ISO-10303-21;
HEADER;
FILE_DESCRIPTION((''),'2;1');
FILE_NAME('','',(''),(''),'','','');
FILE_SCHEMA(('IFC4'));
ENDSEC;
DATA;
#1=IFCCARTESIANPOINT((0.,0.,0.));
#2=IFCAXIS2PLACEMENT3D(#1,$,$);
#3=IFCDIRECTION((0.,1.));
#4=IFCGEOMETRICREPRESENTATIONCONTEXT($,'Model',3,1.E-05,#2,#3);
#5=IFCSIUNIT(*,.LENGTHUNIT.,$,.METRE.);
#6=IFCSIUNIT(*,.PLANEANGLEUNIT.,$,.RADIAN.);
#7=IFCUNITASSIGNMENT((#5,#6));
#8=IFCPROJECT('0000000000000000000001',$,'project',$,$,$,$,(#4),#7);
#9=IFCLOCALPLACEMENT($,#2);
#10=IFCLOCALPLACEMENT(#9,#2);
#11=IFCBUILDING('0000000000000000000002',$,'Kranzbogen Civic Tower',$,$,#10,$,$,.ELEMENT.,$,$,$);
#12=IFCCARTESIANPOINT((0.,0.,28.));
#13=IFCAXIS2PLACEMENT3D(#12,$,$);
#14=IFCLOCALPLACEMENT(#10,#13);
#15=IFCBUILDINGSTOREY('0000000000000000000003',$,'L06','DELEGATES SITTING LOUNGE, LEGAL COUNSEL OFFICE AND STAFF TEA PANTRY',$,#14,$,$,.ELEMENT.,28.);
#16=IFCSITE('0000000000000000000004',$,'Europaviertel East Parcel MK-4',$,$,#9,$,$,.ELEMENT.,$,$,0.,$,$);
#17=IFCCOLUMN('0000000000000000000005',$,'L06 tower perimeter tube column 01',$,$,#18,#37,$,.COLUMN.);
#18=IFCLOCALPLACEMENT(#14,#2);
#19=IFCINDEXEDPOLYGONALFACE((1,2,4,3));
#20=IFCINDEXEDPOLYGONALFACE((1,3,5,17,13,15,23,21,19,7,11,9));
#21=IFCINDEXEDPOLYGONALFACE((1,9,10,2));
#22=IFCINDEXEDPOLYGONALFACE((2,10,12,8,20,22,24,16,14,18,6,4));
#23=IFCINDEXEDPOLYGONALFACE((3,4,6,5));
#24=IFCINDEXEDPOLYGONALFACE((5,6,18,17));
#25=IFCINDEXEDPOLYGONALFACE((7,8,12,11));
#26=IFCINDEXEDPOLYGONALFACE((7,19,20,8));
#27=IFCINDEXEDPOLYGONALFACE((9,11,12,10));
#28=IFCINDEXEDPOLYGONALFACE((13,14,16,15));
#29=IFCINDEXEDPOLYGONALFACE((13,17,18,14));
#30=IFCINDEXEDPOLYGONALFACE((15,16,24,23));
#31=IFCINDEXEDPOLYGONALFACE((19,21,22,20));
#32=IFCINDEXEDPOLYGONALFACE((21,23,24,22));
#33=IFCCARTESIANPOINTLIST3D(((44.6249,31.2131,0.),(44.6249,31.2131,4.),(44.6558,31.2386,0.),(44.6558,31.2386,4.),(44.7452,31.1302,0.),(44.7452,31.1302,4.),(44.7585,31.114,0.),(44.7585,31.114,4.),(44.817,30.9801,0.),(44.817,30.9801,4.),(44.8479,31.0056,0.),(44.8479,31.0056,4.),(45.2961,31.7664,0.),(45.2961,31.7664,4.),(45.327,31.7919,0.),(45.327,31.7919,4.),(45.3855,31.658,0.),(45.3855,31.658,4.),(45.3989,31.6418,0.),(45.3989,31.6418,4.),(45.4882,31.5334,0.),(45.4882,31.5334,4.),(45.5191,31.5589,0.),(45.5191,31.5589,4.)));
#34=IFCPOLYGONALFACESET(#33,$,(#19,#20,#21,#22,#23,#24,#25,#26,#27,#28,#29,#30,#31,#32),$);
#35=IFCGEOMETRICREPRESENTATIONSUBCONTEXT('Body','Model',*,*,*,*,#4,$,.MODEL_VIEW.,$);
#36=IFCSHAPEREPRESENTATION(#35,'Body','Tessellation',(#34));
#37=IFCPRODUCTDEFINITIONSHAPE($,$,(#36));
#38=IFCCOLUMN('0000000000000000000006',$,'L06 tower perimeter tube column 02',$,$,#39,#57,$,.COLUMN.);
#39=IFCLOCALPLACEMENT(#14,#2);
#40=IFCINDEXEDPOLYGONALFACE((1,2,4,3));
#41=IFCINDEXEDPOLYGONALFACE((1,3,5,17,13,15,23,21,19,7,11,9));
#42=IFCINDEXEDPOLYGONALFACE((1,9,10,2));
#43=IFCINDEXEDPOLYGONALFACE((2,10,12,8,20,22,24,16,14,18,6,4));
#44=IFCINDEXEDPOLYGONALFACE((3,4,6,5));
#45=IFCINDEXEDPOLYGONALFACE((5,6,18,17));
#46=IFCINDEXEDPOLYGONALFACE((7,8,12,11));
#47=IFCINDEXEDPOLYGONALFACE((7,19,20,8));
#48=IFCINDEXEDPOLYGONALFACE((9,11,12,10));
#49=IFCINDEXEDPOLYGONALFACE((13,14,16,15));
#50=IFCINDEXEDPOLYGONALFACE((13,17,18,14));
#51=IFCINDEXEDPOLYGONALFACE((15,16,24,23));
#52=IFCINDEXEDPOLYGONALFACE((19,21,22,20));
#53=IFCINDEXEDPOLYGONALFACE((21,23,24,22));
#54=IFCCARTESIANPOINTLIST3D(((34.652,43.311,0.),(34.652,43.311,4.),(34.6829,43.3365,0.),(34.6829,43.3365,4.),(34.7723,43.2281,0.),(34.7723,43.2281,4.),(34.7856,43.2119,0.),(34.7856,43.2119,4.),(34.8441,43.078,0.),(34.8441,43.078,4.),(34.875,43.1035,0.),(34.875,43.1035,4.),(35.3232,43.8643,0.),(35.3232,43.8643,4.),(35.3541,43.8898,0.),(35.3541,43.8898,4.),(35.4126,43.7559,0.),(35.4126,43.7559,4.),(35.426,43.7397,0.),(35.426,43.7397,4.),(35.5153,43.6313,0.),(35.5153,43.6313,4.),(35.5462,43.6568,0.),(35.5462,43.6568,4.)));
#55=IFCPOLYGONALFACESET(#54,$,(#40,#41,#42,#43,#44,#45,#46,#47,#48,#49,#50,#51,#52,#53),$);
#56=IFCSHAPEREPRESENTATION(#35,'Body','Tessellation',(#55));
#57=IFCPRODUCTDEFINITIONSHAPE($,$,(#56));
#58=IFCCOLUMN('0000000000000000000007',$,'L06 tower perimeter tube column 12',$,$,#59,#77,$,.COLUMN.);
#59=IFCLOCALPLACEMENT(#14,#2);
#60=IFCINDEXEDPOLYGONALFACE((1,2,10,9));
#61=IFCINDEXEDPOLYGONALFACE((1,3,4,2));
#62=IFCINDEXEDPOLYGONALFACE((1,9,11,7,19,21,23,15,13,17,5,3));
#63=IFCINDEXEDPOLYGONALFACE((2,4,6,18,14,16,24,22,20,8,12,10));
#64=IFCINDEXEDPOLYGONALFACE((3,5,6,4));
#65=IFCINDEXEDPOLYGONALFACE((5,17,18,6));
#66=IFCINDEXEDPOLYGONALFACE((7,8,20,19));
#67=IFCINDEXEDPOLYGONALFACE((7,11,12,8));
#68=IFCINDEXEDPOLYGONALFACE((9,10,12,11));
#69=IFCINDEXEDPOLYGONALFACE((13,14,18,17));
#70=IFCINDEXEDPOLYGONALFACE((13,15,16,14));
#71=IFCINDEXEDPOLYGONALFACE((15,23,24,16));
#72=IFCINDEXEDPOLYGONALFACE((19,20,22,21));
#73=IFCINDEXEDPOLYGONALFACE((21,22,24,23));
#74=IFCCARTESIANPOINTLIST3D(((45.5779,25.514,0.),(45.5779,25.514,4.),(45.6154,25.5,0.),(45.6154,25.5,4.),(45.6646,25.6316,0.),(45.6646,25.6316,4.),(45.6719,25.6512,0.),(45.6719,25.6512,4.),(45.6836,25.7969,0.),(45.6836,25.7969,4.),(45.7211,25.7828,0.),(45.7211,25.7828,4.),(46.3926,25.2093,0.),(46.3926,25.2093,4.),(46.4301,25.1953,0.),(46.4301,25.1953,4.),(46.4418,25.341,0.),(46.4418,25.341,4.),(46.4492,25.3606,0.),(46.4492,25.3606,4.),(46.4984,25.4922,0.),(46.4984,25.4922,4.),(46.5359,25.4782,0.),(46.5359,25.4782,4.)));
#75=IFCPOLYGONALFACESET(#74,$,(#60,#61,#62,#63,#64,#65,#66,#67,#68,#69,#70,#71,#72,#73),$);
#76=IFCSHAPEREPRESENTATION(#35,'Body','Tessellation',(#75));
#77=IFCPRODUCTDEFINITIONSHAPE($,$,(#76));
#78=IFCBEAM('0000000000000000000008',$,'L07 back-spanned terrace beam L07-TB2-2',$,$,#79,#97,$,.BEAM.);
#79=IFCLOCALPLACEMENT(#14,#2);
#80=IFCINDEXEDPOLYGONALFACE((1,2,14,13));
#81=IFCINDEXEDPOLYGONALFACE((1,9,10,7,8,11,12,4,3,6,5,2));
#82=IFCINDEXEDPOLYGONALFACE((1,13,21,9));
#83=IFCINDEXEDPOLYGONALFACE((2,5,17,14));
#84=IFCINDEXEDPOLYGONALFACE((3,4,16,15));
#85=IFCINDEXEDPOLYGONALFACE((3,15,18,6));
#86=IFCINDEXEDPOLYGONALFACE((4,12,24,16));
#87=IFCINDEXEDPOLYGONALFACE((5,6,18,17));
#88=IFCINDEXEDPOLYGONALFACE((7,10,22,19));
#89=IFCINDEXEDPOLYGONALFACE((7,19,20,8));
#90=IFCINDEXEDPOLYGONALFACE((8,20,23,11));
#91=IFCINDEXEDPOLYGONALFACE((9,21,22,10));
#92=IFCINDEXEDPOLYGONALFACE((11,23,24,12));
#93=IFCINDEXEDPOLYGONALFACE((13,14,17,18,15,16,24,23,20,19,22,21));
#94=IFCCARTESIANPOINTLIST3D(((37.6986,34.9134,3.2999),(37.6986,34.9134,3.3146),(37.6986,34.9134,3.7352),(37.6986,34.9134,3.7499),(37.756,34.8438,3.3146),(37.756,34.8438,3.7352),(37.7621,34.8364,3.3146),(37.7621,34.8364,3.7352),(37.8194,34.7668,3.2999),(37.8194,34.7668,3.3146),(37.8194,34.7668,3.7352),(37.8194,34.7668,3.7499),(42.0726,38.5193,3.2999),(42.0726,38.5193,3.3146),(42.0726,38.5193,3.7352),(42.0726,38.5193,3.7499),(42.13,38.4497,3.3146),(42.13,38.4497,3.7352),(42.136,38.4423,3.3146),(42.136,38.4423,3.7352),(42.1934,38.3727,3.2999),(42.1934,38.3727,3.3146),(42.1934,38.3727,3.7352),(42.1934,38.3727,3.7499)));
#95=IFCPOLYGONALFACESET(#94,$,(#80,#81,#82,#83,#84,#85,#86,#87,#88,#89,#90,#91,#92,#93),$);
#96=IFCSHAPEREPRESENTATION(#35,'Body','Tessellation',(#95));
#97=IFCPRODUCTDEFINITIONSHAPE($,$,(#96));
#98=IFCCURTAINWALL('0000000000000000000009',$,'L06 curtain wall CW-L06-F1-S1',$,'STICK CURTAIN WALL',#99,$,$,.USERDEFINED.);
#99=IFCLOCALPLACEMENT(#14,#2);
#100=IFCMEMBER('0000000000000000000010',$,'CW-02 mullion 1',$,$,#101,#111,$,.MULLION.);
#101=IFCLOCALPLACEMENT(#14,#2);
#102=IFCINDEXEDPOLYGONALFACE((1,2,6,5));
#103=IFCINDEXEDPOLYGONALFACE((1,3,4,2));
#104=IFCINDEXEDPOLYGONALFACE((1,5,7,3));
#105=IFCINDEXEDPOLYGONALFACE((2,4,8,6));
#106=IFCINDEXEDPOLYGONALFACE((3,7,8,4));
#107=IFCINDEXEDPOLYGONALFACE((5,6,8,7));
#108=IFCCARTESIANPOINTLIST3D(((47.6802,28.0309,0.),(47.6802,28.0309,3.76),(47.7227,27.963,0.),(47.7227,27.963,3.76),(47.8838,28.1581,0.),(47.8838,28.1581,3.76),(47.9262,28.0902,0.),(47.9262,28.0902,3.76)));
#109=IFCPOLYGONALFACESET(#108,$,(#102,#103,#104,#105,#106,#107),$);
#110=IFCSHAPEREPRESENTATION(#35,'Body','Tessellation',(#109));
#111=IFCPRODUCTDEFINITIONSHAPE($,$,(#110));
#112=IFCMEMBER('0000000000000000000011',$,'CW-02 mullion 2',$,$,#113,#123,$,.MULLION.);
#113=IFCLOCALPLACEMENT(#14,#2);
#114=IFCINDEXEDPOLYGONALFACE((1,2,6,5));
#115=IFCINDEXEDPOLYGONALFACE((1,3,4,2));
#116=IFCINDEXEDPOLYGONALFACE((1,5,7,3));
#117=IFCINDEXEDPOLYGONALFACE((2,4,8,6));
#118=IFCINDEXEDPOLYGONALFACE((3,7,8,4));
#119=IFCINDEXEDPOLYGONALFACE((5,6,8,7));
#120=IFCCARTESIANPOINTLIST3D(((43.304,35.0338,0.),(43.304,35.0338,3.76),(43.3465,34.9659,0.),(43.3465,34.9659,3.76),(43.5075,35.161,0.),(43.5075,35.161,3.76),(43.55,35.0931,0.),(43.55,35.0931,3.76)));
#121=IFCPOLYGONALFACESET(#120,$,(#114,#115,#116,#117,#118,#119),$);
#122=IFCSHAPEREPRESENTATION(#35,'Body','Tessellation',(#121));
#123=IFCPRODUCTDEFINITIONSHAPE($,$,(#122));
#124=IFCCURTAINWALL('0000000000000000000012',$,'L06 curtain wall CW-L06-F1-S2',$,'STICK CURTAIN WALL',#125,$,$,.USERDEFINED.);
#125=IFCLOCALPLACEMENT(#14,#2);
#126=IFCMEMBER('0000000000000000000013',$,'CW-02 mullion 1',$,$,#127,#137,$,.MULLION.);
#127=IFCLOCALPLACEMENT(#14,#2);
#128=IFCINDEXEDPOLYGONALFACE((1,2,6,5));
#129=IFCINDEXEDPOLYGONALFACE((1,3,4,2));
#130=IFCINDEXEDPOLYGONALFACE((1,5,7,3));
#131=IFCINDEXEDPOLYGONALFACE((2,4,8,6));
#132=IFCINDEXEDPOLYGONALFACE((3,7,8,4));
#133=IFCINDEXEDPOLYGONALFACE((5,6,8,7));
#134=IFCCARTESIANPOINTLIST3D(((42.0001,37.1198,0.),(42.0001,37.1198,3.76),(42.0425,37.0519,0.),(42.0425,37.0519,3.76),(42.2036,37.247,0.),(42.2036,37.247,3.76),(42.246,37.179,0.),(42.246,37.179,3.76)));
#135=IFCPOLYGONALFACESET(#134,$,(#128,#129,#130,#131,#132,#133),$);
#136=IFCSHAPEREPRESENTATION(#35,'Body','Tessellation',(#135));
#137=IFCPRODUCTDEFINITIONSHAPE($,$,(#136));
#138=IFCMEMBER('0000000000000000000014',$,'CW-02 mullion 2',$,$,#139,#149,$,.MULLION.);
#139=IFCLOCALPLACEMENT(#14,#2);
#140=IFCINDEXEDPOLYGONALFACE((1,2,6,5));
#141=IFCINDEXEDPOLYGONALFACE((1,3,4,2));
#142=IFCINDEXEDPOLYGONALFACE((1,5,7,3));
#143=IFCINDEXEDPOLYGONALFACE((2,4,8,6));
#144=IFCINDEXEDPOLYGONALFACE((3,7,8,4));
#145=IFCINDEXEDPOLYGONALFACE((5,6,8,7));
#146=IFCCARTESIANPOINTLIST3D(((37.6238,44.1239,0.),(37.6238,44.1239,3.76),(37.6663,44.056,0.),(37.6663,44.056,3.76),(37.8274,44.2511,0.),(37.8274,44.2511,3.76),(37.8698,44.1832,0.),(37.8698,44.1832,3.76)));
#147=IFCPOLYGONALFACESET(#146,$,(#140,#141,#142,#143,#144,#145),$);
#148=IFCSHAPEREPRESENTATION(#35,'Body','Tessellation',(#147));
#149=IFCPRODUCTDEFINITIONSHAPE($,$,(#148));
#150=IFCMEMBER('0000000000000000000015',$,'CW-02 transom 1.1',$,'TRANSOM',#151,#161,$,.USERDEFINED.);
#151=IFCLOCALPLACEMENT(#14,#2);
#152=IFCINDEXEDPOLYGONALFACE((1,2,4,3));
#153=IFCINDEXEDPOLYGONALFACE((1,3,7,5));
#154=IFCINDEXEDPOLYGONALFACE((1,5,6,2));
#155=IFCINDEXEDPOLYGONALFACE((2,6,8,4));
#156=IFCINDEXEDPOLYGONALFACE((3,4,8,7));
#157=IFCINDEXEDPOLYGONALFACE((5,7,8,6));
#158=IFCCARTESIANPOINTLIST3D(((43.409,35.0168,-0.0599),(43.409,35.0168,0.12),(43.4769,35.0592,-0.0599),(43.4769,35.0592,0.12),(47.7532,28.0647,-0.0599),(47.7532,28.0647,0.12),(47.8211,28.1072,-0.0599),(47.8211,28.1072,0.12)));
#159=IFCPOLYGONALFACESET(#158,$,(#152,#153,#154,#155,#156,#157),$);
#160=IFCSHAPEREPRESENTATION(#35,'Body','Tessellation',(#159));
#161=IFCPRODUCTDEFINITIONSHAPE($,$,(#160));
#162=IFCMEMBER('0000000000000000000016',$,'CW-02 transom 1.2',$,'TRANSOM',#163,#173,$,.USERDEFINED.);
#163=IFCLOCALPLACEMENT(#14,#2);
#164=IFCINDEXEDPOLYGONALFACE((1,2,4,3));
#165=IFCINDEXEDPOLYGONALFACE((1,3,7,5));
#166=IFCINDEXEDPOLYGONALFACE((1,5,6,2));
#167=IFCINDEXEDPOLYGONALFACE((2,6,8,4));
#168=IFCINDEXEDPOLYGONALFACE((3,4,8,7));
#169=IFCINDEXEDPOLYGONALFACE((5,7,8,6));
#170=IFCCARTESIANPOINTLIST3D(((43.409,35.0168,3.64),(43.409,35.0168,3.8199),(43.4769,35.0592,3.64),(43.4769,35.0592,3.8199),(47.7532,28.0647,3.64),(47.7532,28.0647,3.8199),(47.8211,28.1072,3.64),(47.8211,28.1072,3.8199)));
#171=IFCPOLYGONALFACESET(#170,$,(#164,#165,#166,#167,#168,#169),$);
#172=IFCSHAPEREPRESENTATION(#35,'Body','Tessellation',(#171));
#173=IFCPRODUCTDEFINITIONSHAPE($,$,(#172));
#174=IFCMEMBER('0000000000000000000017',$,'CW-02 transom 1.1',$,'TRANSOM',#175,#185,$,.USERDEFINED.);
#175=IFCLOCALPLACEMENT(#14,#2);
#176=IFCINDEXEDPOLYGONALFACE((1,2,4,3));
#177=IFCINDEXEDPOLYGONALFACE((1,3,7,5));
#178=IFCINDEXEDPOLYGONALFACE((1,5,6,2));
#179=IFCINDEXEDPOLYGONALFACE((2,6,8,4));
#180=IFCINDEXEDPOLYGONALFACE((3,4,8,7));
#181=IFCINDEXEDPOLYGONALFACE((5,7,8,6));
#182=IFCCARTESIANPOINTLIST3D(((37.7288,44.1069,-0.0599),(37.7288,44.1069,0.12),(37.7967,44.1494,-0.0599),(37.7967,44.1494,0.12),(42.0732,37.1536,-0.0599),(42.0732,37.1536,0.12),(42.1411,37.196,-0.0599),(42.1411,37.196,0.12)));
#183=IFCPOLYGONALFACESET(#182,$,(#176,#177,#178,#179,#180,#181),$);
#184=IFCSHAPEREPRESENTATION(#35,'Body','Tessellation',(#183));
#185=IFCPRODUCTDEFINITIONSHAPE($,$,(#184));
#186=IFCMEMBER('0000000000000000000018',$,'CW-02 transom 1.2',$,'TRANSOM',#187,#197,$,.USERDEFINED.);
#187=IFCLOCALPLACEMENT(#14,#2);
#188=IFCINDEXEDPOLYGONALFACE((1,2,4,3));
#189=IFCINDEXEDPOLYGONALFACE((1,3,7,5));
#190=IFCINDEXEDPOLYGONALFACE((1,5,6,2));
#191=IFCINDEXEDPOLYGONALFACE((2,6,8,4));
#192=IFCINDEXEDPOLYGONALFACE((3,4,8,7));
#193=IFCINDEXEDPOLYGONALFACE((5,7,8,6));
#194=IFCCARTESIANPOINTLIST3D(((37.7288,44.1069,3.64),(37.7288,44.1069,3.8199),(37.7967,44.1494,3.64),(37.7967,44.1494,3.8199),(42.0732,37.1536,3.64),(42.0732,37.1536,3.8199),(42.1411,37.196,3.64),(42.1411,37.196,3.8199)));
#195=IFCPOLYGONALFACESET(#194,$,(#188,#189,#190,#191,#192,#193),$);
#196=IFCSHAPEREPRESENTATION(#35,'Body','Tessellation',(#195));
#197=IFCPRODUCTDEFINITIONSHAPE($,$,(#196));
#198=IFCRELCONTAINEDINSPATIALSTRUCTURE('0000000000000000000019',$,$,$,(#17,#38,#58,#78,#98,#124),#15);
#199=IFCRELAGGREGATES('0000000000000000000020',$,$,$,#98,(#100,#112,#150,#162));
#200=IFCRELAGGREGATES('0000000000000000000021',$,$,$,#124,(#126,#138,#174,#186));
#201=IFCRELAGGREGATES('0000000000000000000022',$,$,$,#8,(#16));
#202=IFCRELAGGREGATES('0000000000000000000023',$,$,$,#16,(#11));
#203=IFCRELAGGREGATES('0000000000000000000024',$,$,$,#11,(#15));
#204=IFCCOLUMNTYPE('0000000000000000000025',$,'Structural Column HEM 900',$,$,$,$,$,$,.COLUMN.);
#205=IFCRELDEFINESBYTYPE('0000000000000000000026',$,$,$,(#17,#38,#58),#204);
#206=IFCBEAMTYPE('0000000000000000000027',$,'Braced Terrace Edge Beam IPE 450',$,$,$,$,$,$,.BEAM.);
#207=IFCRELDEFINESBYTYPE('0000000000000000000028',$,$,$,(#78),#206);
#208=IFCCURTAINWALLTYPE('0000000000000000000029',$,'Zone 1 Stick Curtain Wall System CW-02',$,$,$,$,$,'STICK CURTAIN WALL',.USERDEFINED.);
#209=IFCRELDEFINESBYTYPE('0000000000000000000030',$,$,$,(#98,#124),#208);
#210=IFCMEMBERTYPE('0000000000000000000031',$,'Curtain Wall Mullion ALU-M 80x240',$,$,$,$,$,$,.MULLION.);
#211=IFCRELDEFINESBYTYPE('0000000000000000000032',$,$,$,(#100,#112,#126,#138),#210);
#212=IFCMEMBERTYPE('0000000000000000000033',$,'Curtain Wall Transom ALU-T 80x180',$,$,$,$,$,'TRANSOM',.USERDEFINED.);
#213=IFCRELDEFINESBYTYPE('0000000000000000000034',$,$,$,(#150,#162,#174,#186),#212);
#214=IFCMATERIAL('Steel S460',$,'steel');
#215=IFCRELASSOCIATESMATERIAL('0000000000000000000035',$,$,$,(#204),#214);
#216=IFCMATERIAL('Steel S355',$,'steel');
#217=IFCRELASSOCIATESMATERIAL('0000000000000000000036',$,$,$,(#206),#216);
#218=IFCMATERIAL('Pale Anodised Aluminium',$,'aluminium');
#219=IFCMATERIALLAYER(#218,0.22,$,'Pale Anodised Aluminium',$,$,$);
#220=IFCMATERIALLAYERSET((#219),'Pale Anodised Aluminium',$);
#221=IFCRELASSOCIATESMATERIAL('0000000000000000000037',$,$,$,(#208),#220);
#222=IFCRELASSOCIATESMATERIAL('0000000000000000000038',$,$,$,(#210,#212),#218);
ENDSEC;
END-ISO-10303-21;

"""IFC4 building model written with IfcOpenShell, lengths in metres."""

from ifc_helpers import new_model, si_unit, direction, frame, origin, origin_2d, place, context, subcontext, project, spatial, rectangle, i_section, extrude, material, layer, layer_set, material_profile, profile_set, type_object, element, aggregate, save


model = new_model("IFC4")

# Units and contexts
model_context = context("Model", 3, precision=1e-05, world=origin(), true_north=direction((0.0, 1.0)))
body_context = subcontext(model_context, "Body", "Model", "MODEL_VIEW")
ifc_project = project(units=[si_unit("LENGTHUNIT", "METRE"), si_unit("PLANEANGLEUNIT", "RADIAN")], contexts=[model_context])

# Site, building, storey
site_placement = place(None, origin())
site = spatial("IfcSite", under=ifc_project, at=site_placement, Name="Europaviertel East Parcel MK-4", CompositionType="ELEMENT", RefElevation=0.0)
building_placement = place(site_placement, origin())
building = spatial("IfcBuilding", under=site, at=building_placement, Name="Kranzbogen Civic Tower", CompositionType="ELEMENT")
storey_placement = place(building_placement, frame((0.0, 0.0, 28.0)))
storey = spatial("IfcBuildingStorey", under=building, at=storey_placement, Name="L06", Description="DELEGATES SITTING LOUNGE, LEGAL COUNSEL OFFICE AND STAFF TEA PANTRY", CompositionType="ELEMENT", Elevation=28.0)

# Columns
ifc_material_1 = material(Name="Steel S460", Category="steel")
ifc_material_profile_1 = material_profile(ifc_material_1, i_section(OverallWidth=0.302, OverallDepth=0.9099, WebThickness=0.021, FlangeThickness=0.04, at=origin_2d()), Name="HEM 900")
ifc_profile_set_1 = profile_set([ifc_material_profile_1], Name="Steel S460")
column_type = type_object("IfcColumnType", Name="Structural Column HEM 900", PredefinedType="COLUMN", material=ifc_profile_set_1)
for number, where, z_axis, x_axis, name in (
    (1, (45.072, 31.386, 0.0), (0.0, 0.0, 1.0), (-0.636078, 0.771625, 0.0), "L06 tower perimeter tube column 01"),
    (2, (35.0991, 43.4839, 0.0), (0.0, 0.0, 1.0), (-0.636078, 0.771625, 0.0), "L06 tower perimeter tube column 02"),
    (3, (46.0569, 25.4961, 0.0), (0.0, 0.0, 1.0), (0.350207, 0.936672, 0.0), "L06 tower perimeter tube column 12"),
):
    element("IfcColumn", number, at=place(storey_placement, frame(where, z_axis=z_axis, x_axis=x_axis)), inside=storey, type_object=column_type, Name=name, PredefinedType="COLUMN", context=body_context, shape_type="SweptSolid", body=[
        extrude(i_section(OverallWidth=0.302, OverallDepth=0.9099, WebThickness=0.021, FlangeThickness=0.04, at=origin_2d()), origin(), (0.0, 0.0, 1.0), 4.0),
    ])

# Beam
ifc_material_2 = material(Name="Steel S355", Category="steel")
ifc_material_profile_2 = material_profile(ifc_material_2, i_section(OverallWidth=0.1899, OverallDepth=0.45, WebThickness=0.0095, FlangeThickness=0.0146, at=origin_2d()), Name="IPE 450")
ifc_profile_set_2 = profile_set([ifc_material_profile_2], Name="Steel S355")
beam_type_1 = type_object("IfcBeamType", Name="Braced Terrace Edge Beam IPE 450", PredefinedType="BEAM", material=ifc_profile_set_2)
beam_1_placement = place(storey_placement, frame((37.759, 34.8401, 3.5249), z_axis=(0.771599, 0.636109, 0.0), x_axis=(-0.636109, 0.771599, 0.0)))
element("IfcBeam", 4, at=beam_1_placement, inside=storey, type_object=beam_type_1, Name="L07 back-spanned terrace beam L07-TB2-2", PredefinedType="BEAM", context=body_context, shape_type="SweptSolid", body=[
    extrude(i_section(OverallWidth=0.1899, OverallDepth=0.45, WebThickness=0.0095, FlangeThickness=0.0146, at=origin_2d()), origin(), (0.0, 0.0, 1.0), 5.6687),
])

# Curtain walls, members
ifc_material_3 = material(Name="Pale Anodised Aluminium", Category="aluminium")
ifc_layer_1 = layer(ifc_material_3, 0.22, Name="Pale Anodised Aluminium")
ifc_layer_set_1 = layer_set([ifc_layer_1], Name="Pale Anodised Aluminium")
curtain_wall_type = type_object("IfcCurtainWallType", Name="Zone 1 Stick Curtain Wall System CW-02", ElementType="STICK CURTAIN WALL", PredefinedType="USERDEFINED", material=ifc_layer_set_1)
curtain_wall_1_placement = place(storey_placement, origin())
curtain_wall_1 = element("IfcCurtainWall", 5, at=curtain_wall_1_placement, inside=storey, type_object=curtain_wall_type, Name="L06 curtain wall CW-L06-F1-S1", ObjectType="STICK CURTAIN WALL", PredefinedType="USERDEFINED")
ifc_material_profile_3 = material_profile(ifc_material_3, rectangle(XDim=0.0801, YDim=0.24, at=origin_2d()), Name="ALU-M 80x240")
ifc_profile_set_3 = profile_set([ifc_material_profile_3], Name="Pale Anodised Aluminium")
member_type_1 = type_object("IfcMemberType", Name="Curtain Wall Mullion ALU-M 80x240", PredefinedType="MULLION", material=ifc_profile_set_3)
member_1_placement = place(storey_placement, frame((47.8032, 28.0605, 0.0), z_axis=(0.0, 0.0, 1.0), x_axis=(-0.529934, 0.848039, 0.0)))
member_1 = element("IfcMember", 6, at=member_1_placement, type_object=member_type_1, Name="CW-02 mullion 1", PredefinedType="MULLION", context=body_context, shape_type="SweptSolid", body=[
    extrude(rectangle(XDim=0.0801, YDim=0.24, at=origin_2d()), origin(), (0.0, 0.0, 1.0), 3.76),
])
member_2_placement = place(storey_placement, frame((43.427, 35.0635, 0.0), z_axis=(0.0, 0.0, 1.0), x_axis=(-0.529934, 0.848039, 0.0)))
member_2 = element("IfcMember", 7, at=member_2_placement, type_object=member_type_1, Name="CW-02 mullion 2", PredefinedType="MULLION", context=body_context, shape_type="SweptSolid", body=[
    extrude(rectangle(XDim=0.0801, YDim=0.24, at=origin_2d()), origin(), (0.0, 0.0, 1.0), 3.76),
])
curtain_wall_2_placement = place(storey_placement, origin())
curtain_wall_2 = element("IfcCurtainWall", 8, at=curtain_wall_2_placement, inside=storey, type_object=curtain_wall_type, Name="L06 curtain wall CW-L06-F1-S2", ObjectType="STICK CURTAIN WALL", PredefinedType="USERDEFINED")
member_3_placement = place(storey_placement, frame((42.123, 37.1494, 0.0), z_axis=(0.0, 0.0, 1.0), x_axis=(-0.52988, 0.848073, 0.0)))
member_3 = element("IfcMember", 9, at=member_3_placement, type_object=member_type_1, Name="CW-02 mullion 1", PredefinedType="MULLION", context=body_context, shape_type="SweptSolid", body=[
    extrude(rectangle(XDim=0.0801, YDim=0.24, at=origin_2d()), origin(), (0.0, 0.0, 1.0), 3.76),
])
member_4_placement = place(storey_placement, frame((37.7468, 44.1536, 0.0), z_axis=(0.0, 0.0, 1.0), x_axis=(-0.52988, 0.848073, 0.0)))
member_4 = element("IfcMember", 10, at=member_4_placement, type_object=member_type_1, Name="CW-02 mullion 2", PredefinedType="MULLION", context=body_context, shape_type="SweptSolid", body=[
    extrude(rectangle(XDim=0.0801, YDim=0.24, at=origin_2d()), origin(), (0.0, 0.0, 1.0), 3.76),
])

# Members
ifc_material_profile_4 = material_profile(ifc_material_3, rectangle(XDim=0.0801, YDim=0.1799, at=origin_2d()), Name="ALU-T 80x180")
ifc_profile_set_4 = profile_set([ifc_material_profile_4], Name="Pale Anodised Aluminium")
member_type_2 = type_object("IfcMemberType", Name="Curtain Wall Transom ALU-T 80x180", ElementType="TRANSOM", PredefinedType="USERDEFINED", material=ifc_profile_set_4)
member_5_placement = place(storey_placement, frame((47.7871, 28.0859, 0.03), z_axis=(-0.529924, 0.848045, 0.0), x_axis=(-0.848045, -0.529924, 0.0)))
member_5 = element("IfcMember", 11, at=member_5_placement, type_object=member_type_2, Name="CW-02 transom 1.1", ObjectType="TRANSOM", PredefinedType="USERDEFINED", context=body_context, shape_type="SweptSolid", body=[
    extrude(rectangle(XDim=0.0801, YDim=0.1799, at=origin_2d()), origin(), (0.0, 0.0, 1.0), 8.1978),
])
member_6_placement = place(storey_placement, frame((47.7871, 28.0859, 3.73), z_axis=(-0.529924, 0.848045, 0.0), x_axis=(-0.848045, -0.529924, 0.0)))
member_6 = element("IfcMember", 12, at=member_6_placement, type_object=member_type_2, Name="CW-02 transom 1.2", ObjectType="TRANSOM", PredefinedType="USERDEFINED", context=body_context, shape_type="SweptSolid", body=[
    extrude(rectangle(XDim=0.0801, YDim=0.1799, at=origin_2d()), origin(), (0.0, 0.0, 1.0), 8.1978),
])
member_7_placement = place(storey_placement, frame((42.1072, 37.1748, 0.03), z_axis=(-0.529878, 0.848074, 0.0), x_axis=(-0.848074, -0.529878, 0.0)))
member_7 = element("IfcMember", 13, at=member_7_placement, type_object=member_type_2, Name="CW-02 transom 1.1", ObjectType="TRANSOM", PredefinedType="USERDEFINED", context=body_context, shape_type="SweptSolid", body=[
    extrude(rectangle(XDim=0.0801, YDim=0.1799, at=origin_2d()), origin(), (0.0, 0.0, 1.0), 8.199),
])
member_8_placement = place(storey_placement, frame((42.1072, 37.1748, 3.73), z_axis=(-0.529878, 0.848074, 0.0), x_axis=(-0.848074, -0.529878, 0.0)))
member_8 = element("IfcMember", 14, at=member_8_placement, type_object=member_type_2, Name="CW-02 transom 1.2", ObjectType="TRANSOM", PredefinedType="USERDEFINED", context=body_context, shape_type="SweptSolid", body=[
    extrude(rectangle(XDim=0.0801, YDim=0.1799, at=origin_2d()), origin(), (0.0, 0.0, 1.0), 8.199),
])

aggregate(curtain_wall_1, [member_1, member_2, member_5, member_6])
aggregate(curtain_wall_2, [member_3, member_4, member_7, member_8])

save(model, "model.ifc")
